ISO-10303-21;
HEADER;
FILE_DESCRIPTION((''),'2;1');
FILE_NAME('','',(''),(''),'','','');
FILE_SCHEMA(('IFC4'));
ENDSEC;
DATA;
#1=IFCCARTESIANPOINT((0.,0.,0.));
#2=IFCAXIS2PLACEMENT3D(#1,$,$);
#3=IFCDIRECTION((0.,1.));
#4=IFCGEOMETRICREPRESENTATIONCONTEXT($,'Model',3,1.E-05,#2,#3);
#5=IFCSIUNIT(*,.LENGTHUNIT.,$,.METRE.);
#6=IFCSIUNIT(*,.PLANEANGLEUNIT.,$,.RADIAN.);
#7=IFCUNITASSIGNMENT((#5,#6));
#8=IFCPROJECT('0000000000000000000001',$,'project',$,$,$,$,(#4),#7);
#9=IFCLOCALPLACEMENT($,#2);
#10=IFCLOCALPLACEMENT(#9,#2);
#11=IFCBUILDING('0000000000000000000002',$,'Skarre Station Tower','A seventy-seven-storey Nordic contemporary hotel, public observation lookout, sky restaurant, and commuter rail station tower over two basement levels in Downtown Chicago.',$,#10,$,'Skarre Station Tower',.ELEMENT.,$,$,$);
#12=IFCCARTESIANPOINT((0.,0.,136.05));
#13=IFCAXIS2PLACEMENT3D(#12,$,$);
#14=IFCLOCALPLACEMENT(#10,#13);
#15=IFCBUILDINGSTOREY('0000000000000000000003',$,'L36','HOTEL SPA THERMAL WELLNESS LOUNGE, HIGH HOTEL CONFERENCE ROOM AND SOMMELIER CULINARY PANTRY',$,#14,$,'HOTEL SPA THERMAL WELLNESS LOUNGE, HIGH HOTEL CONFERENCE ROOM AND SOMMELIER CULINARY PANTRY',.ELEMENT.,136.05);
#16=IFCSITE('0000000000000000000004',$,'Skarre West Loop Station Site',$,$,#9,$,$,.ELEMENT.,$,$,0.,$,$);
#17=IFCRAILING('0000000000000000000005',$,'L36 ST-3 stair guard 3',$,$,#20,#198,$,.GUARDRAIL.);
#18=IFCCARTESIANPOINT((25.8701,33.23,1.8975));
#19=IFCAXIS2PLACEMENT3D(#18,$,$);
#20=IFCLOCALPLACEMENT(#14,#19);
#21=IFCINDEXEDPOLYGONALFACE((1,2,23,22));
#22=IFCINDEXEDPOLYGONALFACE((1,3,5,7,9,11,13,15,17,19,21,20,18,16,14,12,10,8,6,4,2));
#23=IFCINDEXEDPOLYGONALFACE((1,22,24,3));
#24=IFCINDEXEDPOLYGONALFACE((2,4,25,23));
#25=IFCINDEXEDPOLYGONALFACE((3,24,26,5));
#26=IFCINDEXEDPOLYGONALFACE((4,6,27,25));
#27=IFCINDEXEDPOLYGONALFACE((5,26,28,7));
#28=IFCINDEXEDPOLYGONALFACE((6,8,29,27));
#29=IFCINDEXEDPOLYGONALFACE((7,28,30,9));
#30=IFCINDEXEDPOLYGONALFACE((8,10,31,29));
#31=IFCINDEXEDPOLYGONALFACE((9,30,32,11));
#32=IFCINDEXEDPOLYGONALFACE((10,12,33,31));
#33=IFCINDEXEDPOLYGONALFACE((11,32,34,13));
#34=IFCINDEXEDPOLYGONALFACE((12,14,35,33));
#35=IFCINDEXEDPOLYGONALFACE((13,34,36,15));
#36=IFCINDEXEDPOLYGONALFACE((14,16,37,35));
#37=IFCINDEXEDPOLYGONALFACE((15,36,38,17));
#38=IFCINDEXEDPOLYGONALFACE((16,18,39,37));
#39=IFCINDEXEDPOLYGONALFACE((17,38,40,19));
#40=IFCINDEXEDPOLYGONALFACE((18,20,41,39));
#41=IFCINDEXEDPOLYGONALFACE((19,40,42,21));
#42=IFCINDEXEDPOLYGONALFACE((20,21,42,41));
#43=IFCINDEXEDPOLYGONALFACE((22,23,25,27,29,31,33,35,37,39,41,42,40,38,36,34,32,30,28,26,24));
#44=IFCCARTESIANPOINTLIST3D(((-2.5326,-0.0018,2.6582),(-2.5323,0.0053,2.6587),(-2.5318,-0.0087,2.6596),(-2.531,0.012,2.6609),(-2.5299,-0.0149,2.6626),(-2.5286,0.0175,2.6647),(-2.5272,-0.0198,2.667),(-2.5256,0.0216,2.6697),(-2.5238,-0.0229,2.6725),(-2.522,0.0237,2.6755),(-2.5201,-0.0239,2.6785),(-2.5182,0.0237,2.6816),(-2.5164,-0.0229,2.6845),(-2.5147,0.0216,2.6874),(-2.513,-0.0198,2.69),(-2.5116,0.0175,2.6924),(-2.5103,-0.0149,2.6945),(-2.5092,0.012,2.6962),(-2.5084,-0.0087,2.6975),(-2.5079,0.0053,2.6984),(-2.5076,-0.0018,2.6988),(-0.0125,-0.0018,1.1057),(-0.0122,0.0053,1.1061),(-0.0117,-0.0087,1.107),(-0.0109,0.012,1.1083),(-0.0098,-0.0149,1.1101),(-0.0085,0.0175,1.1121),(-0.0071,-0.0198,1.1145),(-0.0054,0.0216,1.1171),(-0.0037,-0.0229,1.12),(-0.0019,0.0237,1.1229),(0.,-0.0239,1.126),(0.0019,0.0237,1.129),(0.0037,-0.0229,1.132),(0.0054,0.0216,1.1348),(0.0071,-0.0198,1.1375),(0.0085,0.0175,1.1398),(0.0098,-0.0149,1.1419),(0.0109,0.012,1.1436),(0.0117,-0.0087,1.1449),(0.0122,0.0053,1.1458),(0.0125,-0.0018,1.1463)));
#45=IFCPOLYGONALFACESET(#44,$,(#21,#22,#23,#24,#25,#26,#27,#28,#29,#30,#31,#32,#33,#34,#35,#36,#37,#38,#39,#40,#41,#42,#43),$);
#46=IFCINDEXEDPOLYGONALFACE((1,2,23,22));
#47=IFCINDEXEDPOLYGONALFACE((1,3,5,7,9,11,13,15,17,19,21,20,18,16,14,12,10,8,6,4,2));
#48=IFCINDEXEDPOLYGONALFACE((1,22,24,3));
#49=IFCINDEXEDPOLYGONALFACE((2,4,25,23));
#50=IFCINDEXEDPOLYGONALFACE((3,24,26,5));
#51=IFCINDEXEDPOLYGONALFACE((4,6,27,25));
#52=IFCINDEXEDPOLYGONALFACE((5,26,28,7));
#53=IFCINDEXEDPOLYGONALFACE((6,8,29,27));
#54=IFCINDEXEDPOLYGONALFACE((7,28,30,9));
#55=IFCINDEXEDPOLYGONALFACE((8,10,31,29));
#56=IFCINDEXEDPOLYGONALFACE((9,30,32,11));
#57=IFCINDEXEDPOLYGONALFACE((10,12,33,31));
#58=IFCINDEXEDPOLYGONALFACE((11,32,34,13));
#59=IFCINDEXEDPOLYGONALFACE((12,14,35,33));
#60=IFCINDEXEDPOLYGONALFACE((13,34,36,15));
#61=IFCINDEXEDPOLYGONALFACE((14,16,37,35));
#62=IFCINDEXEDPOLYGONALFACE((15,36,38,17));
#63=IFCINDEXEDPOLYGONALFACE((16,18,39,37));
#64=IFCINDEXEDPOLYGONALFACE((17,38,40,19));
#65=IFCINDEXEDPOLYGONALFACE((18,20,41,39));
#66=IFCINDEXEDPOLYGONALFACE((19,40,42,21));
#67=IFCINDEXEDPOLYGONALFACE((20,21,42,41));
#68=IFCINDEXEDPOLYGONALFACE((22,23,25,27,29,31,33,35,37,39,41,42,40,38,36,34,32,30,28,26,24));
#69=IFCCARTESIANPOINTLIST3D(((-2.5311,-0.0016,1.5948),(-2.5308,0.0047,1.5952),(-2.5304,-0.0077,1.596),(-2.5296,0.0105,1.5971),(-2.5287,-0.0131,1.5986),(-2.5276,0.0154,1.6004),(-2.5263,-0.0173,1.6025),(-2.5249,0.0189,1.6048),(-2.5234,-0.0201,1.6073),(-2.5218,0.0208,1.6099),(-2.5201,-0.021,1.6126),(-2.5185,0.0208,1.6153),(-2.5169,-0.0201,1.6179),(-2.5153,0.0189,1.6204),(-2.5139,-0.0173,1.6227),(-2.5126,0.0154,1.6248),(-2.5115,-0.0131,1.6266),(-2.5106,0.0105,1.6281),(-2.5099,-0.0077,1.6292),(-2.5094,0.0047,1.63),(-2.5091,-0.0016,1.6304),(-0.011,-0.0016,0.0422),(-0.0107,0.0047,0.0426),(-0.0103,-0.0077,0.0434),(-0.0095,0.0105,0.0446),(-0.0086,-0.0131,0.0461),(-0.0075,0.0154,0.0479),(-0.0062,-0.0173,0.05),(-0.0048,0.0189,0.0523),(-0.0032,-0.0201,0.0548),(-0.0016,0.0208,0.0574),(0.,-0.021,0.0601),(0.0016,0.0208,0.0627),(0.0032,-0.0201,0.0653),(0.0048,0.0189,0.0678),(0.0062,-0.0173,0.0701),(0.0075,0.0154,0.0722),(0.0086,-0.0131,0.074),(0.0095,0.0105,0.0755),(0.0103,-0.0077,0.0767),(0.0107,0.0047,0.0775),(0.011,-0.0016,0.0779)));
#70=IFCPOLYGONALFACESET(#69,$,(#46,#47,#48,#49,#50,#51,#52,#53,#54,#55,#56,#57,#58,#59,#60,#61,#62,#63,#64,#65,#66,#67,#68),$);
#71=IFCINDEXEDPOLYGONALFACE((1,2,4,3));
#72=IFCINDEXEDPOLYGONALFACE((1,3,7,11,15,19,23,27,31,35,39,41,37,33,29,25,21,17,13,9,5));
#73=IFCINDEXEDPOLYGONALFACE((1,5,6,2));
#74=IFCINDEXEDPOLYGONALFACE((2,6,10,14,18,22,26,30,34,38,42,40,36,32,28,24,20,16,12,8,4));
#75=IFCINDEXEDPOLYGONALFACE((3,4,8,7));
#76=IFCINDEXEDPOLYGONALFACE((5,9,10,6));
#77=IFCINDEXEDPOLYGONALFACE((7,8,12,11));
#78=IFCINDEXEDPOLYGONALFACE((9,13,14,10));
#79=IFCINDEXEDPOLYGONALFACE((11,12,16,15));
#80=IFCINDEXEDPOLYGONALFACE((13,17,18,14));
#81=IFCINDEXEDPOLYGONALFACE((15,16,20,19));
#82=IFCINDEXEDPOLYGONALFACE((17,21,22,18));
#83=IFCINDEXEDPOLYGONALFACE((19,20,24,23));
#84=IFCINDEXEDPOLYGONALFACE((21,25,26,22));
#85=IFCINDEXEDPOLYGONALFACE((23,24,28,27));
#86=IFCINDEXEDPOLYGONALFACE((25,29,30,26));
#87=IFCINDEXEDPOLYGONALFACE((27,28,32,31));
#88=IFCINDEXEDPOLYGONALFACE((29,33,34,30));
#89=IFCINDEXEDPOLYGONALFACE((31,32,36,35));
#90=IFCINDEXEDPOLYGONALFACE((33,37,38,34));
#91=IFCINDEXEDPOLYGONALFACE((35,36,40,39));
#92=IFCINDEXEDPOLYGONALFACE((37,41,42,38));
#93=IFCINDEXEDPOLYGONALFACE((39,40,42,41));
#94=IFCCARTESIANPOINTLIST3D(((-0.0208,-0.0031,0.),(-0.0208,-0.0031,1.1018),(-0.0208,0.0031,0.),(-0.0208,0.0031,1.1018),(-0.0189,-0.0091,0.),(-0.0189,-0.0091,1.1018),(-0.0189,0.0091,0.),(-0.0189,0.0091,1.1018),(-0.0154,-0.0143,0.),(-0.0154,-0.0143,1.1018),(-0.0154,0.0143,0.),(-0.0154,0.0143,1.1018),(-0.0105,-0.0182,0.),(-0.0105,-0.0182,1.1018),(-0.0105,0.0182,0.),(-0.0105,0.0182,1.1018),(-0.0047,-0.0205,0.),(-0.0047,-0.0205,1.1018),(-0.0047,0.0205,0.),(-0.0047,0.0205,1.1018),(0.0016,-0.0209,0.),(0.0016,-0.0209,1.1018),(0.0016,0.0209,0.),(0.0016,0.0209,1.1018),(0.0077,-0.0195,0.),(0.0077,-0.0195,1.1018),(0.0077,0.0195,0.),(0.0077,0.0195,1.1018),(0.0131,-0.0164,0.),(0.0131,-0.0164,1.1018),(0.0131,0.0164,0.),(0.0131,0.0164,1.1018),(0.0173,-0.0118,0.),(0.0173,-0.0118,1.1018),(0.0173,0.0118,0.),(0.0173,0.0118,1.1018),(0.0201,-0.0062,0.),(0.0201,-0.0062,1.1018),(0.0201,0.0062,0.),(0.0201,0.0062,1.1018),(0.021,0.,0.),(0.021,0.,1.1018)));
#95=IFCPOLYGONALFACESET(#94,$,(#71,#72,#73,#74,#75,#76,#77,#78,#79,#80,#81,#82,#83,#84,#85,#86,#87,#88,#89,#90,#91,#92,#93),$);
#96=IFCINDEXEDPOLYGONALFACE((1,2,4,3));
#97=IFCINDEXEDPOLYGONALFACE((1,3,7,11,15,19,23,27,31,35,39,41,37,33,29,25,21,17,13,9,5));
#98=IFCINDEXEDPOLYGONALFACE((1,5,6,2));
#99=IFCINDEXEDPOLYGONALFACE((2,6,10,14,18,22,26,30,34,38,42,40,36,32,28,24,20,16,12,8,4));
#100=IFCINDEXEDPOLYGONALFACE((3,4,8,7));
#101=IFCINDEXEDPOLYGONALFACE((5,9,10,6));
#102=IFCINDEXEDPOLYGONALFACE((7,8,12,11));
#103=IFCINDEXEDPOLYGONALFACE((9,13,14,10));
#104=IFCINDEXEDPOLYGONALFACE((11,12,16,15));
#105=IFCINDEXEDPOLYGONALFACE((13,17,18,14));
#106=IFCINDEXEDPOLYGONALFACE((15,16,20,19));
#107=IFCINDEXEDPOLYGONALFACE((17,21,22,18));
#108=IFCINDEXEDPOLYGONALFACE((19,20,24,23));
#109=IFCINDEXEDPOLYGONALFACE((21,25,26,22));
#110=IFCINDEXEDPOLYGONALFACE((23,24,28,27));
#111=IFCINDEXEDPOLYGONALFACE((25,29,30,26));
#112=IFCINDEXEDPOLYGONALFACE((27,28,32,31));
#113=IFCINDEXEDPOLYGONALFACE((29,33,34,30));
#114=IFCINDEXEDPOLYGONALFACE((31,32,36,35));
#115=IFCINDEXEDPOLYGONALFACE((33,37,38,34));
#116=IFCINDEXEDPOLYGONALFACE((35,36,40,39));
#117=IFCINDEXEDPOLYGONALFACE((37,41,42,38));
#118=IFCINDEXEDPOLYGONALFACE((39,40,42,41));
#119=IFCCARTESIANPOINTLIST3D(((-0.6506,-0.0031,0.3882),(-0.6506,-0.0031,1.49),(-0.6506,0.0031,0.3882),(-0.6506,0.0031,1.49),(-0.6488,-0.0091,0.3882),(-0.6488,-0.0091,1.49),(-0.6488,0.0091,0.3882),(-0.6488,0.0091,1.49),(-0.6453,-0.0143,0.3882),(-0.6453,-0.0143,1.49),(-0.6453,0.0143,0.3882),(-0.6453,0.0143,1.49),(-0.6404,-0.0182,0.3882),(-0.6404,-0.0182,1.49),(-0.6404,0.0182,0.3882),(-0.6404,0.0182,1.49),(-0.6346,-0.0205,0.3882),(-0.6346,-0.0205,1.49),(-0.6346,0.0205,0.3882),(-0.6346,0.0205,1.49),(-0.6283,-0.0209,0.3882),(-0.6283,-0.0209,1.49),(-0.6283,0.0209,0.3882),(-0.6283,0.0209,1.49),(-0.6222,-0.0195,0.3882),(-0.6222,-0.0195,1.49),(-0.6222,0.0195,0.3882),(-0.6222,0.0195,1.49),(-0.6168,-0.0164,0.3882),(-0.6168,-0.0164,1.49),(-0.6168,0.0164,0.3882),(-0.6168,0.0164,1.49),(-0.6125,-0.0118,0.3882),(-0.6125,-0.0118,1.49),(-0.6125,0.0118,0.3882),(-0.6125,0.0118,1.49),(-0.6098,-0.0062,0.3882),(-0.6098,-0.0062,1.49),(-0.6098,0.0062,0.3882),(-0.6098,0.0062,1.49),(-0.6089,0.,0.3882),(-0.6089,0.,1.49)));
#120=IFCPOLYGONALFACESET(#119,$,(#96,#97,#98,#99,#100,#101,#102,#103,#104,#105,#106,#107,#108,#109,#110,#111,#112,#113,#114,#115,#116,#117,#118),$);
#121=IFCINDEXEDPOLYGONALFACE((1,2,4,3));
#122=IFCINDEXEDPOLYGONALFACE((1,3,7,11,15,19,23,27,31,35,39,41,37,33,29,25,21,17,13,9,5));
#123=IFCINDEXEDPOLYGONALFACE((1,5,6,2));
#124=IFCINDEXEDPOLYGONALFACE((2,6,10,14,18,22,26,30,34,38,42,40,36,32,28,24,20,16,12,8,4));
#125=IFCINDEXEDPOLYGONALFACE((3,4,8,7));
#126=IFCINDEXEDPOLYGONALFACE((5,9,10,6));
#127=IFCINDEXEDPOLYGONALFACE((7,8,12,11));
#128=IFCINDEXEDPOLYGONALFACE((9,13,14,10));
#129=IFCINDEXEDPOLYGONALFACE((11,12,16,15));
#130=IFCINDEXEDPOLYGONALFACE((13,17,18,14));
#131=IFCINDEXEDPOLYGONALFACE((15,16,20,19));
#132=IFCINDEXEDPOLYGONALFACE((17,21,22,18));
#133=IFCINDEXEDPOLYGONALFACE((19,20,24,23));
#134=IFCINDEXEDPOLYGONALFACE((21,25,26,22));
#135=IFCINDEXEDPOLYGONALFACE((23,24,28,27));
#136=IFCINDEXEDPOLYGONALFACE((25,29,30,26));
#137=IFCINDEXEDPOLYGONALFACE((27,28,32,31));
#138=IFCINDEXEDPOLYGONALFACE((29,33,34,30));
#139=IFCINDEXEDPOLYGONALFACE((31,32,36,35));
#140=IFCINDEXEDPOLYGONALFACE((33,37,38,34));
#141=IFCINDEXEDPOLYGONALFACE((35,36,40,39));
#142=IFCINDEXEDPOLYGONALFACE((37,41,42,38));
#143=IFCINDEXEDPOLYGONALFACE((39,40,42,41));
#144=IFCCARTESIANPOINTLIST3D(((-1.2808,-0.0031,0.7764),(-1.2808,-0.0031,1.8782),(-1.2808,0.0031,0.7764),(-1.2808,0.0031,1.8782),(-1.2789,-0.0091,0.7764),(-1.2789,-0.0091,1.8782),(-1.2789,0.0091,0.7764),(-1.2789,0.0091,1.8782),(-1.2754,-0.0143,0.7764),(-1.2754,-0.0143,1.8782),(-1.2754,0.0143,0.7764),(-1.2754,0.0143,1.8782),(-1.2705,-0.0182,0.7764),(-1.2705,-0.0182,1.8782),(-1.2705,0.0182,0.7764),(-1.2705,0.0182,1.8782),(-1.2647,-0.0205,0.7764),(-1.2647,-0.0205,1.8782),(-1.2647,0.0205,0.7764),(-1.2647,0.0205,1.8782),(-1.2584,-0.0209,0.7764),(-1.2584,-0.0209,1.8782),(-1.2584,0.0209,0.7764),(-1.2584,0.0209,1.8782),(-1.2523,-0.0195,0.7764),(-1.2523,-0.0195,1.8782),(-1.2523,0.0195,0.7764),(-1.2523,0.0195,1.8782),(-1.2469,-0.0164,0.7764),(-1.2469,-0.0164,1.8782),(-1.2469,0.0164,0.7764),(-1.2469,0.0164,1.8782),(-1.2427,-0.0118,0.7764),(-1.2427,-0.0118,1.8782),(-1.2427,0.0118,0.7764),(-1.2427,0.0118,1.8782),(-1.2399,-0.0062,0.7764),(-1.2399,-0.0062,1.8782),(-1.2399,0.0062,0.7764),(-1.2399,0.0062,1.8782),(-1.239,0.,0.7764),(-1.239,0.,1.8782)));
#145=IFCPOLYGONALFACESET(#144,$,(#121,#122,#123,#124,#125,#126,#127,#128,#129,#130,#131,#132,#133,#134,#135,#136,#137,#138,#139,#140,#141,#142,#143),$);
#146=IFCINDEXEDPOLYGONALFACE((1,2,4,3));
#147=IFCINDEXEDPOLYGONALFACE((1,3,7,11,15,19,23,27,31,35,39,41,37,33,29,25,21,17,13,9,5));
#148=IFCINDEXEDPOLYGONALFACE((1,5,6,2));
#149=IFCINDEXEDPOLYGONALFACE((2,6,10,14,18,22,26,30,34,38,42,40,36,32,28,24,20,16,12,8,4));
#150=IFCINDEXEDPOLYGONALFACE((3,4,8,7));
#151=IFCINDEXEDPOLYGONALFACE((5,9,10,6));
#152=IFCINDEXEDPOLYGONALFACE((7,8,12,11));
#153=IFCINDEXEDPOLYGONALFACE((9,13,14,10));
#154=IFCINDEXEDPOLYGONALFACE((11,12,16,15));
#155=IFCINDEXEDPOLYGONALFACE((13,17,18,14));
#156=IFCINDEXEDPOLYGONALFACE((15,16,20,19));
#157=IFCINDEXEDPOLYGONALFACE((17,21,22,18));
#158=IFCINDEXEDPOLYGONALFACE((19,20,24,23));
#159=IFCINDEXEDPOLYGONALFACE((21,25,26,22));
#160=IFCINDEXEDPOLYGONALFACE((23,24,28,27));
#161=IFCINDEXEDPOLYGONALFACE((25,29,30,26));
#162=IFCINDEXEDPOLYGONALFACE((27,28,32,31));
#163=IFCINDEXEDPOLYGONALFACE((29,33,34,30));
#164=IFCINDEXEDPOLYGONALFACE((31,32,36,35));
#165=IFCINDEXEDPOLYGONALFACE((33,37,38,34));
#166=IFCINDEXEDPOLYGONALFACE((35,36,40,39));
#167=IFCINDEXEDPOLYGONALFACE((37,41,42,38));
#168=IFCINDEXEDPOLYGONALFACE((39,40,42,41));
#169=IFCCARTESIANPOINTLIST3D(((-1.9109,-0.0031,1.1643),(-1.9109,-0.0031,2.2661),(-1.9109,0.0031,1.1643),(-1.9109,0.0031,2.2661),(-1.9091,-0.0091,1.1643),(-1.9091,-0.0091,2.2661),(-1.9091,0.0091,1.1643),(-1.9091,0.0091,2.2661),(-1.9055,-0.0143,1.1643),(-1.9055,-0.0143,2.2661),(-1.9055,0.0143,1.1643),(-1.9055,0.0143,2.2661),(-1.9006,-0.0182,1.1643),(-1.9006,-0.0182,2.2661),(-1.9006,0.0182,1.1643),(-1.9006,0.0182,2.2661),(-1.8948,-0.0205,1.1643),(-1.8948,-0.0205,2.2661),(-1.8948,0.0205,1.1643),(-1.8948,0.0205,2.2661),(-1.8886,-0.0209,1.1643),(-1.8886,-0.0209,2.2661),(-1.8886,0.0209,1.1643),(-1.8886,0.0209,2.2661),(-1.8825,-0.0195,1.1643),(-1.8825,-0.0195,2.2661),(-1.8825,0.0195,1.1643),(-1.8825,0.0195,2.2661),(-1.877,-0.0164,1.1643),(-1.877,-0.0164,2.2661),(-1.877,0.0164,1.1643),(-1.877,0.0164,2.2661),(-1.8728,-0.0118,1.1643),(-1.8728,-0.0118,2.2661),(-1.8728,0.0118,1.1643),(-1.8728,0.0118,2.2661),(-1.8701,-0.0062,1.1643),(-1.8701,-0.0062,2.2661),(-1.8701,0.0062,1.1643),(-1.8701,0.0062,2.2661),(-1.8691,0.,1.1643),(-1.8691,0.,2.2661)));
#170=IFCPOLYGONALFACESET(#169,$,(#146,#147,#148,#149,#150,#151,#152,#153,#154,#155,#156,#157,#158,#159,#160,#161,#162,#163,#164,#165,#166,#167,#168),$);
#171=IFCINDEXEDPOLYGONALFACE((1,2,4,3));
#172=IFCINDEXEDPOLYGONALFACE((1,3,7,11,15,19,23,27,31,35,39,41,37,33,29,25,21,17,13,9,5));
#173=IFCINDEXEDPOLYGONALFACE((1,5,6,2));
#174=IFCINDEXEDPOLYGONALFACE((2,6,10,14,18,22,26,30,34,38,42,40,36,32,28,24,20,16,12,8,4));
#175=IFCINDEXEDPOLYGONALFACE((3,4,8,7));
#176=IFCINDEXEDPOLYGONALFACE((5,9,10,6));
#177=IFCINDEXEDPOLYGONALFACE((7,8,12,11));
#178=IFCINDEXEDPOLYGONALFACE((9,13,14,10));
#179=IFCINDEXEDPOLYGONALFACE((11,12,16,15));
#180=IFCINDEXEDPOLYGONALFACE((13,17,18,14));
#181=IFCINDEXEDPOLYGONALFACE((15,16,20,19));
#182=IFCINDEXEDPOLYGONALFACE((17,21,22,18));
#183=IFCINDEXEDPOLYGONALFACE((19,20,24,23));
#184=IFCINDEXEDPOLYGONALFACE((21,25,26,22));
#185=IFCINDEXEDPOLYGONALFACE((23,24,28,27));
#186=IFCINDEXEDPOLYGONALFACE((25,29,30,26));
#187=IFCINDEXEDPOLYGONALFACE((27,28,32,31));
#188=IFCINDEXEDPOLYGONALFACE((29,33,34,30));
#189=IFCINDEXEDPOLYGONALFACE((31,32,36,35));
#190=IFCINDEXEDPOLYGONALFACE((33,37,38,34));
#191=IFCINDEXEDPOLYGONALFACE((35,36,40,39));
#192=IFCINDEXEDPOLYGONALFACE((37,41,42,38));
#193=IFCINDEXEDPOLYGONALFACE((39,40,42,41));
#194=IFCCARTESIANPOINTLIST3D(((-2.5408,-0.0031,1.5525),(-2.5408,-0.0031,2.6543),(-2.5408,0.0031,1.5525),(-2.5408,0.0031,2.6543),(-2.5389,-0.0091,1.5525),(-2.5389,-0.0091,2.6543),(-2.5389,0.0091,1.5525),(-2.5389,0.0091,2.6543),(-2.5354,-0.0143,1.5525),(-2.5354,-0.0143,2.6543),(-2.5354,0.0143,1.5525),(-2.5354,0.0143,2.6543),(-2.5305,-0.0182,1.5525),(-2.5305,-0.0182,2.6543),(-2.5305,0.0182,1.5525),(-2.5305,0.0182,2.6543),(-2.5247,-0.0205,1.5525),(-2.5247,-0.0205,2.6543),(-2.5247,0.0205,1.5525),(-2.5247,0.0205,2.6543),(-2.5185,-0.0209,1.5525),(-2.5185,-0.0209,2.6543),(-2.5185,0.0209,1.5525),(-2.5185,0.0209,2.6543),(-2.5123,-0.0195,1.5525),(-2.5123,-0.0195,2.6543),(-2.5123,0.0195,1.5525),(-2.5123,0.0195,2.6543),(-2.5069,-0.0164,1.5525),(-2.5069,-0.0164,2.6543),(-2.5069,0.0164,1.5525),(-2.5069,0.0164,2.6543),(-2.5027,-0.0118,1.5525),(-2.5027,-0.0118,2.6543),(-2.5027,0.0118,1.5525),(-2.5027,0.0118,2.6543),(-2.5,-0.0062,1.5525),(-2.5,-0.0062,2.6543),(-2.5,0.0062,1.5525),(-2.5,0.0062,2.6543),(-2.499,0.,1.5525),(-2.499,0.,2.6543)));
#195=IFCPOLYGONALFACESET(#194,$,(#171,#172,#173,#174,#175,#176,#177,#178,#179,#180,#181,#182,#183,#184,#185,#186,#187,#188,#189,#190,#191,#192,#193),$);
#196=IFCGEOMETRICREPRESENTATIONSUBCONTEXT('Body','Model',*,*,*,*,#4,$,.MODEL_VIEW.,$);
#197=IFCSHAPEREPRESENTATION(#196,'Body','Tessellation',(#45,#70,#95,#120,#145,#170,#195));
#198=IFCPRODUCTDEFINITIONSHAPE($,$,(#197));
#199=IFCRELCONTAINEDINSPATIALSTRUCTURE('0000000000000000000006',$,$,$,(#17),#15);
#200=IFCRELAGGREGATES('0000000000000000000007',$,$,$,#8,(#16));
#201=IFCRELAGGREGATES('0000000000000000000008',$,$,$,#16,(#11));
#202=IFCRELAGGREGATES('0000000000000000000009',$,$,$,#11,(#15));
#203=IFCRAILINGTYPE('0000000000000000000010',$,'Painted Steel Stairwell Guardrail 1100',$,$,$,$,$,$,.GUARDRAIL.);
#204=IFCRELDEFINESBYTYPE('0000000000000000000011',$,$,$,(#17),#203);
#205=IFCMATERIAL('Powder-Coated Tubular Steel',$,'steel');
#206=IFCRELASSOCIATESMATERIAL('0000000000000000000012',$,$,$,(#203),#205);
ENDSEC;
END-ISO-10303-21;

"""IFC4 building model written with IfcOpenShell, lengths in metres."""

from ifc_helpers import new_model, si_unit, direction, frame, origin, origin_2d, place, context, subcontext, project, spatial, circle, extrude, material, type_object, element, save


model = new_model("IFC4")

# Units and contexts
model_context = context("Model", 3, precision=1e-05, world=origin(), true_north=direction((0.0, 1.0)))
body_context = subcontext(model_context, "Body", "Model", "MODEL_VIEW")
ifc_project = project(units=[si_unit("LENGTHUNIT", "METRE"), si_unit("PLANEANGLEUNIT", "RADIAN")], contexts=[model_context])

# Site, building, storey
site_placement = place(None, origin())
site = spatial("IfcSite", under=ifc_project, at=site_placement, Name="Skarre West Loop Station Site", CompositionType="ELEMENT", RefElevation=0.0)
building_placement = place(site_placement, origin())
building = spatial("IfcBuilding", under=site, at=building_placement, Name="Skarre Station Tower", Description="A seventy-seven-storey Nordic contemporary hotel, public observation lookout, sky restaurant, and commuter rail station tower over two basement levels in Downtown Chicago.", LongName="Skarre Station Tower", CompositionType="ELEMENT")
storey_placement = place(building_placement, frame((0.0, 0.0, 136.05)))
storey = spatial("IfcBuildingStorey", under=building, at=storey_placement, Name="L36", Description="HOTEL SPA THERMAL WELLNESS LOUNGE, HIGH HOTEL CONFERENCE ROOM AND SOMMELIER CULINARY PANTRY", LongName="HOTEL SPA THERMAL WELLNESS LOUNGE, HIGH HOTEL CONFERENCE ROOM AND SOMMELIER CULINARY PANTRY", CompositionType="ELEMENT", Elevation=136.05)

# Railing
ifc_material_1 = material(Name="Powder-Coated Tubular Steel", Category="steel")
railing_type_1 = type_object("IfcRailingType", Name="Painted Steel Stairwell Guardrail 1100", PredefinedType="GUARDRAIL", material=ifc_material_1)
railing_1_placement = place(storey_placement, frame((25.8701, 33.23, 1.8975)))
element("IfcRailing", 1, at=railing_1_placement, inside=storey, type_object=railing_type_1, Name="L36 ST-3 stair guard 3", PredefinedType="GUARDRAIL", context=body_context, shape_type="SweptSolid", body=[
    extrude(circle(Radius=0.0239, at=origin_2d()), frame((0.0, 0.0, 1.126), z_axis=(-0.8514, 0.0, 0.524516), x_axis=(0.0, -1.0, 0.0)), (0.0, 0.0, 1.0), 2.96),
    extrude(circle(Radius=0.021, at=origin_2d()), frame((0.0, 0.0, 0.0601), z_axis=(-0.8514, 0.0, 0.524516), x_axis=(0.0, -1.0, 0.0)), (0.0, 0.0, 1.0), 2.96),
    extrude(circle(Radius=0.021, at=origin_2d()), origin(), (0.0, 0.0, 1.0), 1.1018),
    extrude(circle(Radius=0.021, at=origin_2d()), frame((-0.6299, 0.0, 0.3882)), (0.0, 0.0, 1.0), 1.1018),
    extrude(circle(Radius=0.021, at=origin_2d()), frame((-1.26, 0.0, 0.7764)), (0.0, 0.0, 1.0), 1.1018),
    extrude(circle(Radius=0.021, at=origin_2d()), frame((-1.8901, 0.0, 1.1643)), (0.0, 0.0, 1.0), 1.1018),
    extrude(circle(Radius=0.021, at=origin_2d()), frame((-2.52, 0.0, 1.5525)), (0.0, 0.0, 1.0), 1.1018),
])

save(model, "model.ifc")
